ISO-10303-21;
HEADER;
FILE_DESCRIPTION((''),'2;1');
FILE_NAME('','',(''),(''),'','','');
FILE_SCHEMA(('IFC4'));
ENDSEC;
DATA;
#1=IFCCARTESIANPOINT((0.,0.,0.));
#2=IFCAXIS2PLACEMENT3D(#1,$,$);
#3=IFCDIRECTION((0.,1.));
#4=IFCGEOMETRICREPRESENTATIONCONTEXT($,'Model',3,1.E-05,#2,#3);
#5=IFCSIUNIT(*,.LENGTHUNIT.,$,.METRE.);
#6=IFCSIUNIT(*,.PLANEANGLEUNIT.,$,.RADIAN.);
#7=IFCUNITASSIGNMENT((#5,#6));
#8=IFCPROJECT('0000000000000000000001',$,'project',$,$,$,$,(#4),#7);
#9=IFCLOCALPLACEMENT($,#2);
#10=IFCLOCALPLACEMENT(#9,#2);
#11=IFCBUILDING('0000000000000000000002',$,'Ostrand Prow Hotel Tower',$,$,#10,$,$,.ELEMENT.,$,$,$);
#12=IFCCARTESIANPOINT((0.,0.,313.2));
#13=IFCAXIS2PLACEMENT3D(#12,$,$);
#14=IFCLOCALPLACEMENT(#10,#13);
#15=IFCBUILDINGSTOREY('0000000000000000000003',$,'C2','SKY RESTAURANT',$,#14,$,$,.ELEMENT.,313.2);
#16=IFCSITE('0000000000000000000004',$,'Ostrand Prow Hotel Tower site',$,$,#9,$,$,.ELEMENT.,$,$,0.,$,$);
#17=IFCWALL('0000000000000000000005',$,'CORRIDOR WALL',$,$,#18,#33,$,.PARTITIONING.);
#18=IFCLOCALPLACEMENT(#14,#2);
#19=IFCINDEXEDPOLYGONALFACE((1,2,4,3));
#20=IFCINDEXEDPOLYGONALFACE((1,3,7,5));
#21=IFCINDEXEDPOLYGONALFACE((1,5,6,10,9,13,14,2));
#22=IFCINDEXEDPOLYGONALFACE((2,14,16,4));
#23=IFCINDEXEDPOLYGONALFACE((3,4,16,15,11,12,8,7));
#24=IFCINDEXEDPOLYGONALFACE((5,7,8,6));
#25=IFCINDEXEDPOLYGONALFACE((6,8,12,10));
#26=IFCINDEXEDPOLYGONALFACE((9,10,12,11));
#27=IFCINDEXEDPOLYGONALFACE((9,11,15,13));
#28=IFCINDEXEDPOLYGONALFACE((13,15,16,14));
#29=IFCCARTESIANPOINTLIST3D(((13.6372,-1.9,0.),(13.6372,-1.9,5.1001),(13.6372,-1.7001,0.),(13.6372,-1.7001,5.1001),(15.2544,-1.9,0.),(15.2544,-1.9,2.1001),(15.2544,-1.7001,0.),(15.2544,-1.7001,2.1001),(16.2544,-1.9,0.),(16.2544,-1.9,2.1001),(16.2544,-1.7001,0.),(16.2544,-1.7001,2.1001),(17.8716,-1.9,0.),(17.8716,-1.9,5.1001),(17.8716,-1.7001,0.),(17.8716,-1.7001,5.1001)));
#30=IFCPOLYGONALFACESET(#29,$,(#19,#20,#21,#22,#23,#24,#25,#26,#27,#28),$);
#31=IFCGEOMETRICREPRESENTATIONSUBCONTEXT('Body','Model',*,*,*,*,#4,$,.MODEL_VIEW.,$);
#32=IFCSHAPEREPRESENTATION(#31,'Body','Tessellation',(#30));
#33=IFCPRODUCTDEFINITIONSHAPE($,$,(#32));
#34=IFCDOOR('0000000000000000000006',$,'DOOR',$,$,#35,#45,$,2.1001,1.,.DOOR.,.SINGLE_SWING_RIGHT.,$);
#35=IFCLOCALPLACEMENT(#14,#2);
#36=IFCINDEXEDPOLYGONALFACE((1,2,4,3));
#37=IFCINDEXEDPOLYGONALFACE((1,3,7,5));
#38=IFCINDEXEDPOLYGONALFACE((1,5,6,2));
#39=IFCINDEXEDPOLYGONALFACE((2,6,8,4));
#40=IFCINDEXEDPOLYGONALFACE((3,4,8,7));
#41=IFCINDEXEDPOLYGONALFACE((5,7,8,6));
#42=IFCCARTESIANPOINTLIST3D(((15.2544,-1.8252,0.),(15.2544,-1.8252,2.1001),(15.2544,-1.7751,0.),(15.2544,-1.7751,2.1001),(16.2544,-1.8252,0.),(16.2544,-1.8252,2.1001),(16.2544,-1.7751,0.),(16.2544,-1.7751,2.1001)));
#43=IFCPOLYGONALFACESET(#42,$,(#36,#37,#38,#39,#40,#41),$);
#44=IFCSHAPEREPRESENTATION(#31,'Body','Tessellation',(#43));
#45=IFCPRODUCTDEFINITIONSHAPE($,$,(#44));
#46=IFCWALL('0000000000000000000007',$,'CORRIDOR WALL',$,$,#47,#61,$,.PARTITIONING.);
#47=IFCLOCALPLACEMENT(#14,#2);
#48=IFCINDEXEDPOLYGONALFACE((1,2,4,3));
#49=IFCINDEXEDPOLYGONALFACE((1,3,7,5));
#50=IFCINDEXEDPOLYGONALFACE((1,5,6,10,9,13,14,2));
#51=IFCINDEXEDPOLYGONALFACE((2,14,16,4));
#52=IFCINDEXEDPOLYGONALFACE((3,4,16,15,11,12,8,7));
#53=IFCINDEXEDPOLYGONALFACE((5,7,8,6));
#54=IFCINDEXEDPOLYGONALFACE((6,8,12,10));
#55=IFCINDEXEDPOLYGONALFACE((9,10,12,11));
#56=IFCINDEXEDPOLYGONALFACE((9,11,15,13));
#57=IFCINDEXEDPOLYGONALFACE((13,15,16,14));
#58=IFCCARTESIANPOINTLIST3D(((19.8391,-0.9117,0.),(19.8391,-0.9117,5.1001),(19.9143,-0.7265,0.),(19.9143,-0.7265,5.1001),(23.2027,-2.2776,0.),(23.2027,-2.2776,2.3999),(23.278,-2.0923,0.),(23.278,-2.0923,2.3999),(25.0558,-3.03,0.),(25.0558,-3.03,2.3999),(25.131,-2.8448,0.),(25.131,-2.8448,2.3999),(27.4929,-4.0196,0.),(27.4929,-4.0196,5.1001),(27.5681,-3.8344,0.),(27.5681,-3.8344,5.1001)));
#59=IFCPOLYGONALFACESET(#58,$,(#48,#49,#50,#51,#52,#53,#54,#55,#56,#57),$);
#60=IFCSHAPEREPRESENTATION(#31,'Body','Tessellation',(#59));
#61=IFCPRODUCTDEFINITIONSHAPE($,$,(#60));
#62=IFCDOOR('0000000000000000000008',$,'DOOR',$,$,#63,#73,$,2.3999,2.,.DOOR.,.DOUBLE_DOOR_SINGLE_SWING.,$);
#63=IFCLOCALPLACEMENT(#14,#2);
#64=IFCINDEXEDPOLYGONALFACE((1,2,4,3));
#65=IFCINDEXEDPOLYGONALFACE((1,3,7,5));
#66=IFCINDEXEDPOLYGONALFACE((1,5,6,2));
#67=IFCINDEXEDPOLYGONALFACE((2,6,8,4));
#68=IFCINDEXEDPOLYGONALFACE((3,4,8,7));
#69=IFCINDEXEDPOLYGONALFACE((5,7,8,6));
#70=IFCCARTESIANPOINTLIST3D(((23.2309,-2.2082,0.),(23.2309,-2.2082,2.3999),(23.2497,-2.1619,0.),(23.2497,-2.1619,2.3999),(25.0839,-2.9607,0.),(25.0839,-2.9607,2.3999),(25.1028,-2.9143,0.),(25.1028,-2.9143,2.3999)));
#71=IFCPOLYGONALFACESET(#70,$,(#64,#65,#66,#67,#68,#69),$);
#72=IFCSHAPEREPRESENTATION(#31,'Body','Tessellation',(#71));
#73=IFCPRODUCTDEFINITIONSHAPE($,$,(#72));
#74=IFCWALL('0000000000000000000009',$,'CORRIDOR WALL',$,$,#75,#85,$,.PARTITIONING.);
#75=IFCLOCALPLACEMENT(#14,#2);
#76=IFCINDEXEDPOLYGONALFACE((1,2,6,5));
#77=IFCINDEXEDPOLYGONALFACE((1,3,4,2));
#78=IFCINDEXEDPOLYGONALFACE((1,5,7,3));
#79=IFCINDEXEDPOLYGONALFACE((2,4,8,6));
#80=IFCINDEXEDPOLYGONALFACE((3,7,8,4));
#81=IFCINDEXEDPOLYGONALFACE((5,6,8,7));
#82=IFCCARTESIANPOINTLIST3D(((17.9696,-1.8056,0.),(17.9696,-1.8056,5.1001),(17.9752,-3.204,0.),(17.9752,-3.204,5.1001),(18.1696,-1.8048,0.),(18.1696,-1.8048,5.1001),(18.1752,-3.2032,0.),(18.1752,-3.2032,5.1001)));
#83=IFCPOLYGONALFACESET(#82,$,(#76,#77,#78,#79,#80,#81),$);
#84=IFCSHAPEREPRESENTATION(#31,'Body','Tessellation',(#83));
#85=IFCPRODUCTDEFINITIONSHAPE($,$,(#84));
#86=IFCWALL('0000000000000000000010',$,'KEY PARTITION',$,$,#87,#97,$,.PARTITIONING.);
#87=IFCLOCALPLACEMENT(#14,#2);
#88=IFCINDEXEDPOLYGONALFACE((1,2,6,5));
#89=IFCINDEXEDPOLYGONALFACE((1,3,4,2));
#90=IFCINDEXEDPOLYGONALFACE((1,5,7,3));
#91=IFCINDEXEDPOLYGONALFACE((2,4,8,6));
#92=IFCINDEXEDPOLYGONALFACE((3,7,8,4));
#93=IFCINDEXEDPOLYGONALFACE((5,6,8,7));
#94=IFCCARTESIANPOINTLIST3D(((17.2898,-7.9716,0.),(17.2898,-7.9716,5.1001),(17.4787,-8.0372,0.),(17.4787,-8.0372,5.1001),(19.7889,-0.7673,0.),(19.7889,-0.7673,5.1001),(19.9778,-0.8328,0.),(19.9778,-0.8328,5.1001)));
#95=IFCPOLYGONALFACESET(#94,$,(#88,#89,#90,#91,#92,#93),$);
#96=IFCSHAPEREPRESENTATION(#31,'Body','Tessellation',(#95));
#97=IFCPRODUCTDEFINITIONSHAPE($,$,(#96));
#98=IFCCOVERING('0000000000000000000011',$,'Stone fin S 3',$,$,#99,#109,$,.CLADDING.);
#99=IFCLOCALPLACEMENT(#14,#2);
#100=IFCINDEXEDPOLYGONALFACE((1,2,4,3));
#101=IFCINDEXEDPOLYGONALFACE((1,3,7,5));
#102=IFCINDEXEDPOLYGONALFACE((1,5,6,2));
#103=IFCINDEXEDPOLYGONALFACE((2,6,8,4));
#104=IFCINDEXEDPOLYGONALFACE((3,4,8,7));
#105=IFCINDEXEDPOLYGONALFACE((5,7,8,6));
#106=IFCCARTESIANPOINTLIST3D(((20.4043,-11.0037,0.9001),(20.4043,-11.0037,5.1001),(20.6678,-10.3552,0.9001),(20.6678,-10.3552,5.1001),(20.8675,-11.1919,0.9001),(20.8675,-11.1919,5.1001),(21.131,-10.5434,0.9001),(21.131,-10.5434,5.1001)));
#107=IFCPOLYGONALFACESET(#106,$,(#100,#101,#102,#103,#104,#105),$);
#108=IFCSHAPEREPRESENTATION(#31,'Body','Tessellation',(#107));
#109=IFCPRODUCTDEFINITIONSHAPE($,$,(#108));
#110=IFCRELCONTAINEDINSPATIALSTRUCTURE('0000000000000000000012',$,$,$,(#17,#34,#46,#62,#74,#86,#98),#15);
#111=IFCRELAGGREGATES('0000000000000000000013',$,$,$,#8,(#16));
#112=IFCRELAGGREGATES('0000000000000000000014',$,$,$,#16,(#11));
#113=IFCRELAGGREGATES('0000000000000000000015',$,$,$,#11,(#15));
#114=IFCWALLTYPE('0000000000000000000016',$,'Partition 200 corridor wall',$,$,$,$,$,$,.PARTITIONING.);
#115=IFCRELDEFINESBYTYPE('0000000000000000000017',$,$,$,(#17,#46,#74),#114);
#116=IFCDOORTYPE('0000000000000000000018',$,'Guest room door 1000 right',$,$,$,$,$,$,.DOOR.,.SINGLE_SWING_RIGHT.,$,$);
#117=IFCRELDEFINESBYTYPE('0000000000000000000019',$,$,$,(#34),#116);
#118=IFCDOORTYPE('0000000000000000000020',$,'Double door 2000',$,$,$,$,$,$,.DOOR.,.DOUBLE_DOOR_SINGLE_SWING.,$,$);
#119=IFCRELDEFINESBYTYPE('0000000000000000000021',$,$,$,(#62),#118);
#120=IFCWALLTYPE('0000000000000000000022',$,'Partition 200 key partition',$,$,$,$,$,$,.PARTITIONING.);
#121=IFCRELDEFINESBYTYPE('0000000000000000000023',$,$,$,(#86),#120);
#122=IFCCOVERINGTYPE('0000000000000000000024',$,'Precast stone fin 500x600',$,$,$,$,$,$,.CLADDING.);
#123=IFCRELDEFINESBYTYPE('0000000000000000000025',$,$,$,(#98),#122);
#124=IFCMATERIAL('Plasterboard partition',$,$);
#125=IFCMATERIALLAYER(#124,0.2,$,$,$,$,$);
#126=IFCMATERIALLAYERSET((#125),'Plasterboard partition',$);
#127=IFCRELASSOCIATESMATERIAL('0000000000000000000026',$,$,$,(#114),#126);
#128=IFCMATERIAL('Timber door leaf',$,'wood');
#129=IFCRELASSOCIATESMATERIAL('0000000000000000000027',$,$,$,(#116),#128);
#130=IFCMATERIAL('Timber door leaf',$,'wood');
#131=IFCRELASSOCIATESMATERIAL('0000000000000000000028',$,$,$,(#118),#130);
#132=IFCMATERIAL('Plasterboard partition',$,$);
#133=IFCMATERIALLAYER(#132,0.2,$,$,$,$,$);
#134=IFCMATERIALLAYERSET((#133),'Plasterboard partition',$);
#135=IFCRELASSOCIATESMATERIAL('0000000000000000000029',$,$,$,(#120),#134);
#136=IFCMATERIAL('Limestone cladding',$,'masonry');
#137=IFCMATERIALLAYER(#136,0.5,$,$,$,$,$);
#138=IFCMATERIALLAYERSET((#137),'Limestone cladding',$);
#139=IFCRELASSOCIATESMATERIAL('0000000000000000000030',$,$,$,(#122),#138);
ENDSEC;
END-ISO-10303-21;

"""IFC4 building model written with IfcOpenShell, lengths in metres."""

from ifc_helpers import new_model, si_unit, direction, frame, frame_2d, origin, place, context, subcontext, project, spatial, rectangle, extrude, material, layer, layer_set, type_object, element, fill, save


model = new_model("IFC4")

# Units and contexts
model_context = context("Model", 3, precision=1e-05, world=origin(), true_north=direction((0.0, 1.0)))
body_context = subcontext(model_context, "Body", "Model", "MODEL_VIEW")
ifc_project = project(units=[si_unit("LENGTHUNIT", "METRE"), si_unit("PLANEANGLEUNIT", "RADIAN")], contexts=[model_context])

# Site, building, storey
site_placement = place(None, origin())
site = spatial("IfcSite", under=ifc_project, at=site_placement, Name="Ostrand Prow Hotel Tower site", CompositionType="ELEMENT", RefElevation=0.0)
building_placement = place(site_placement, origin())
building = spatial("IfcBuilding", under=site, at=building_placement, Name="Ostrand Prow Hotel Tower", CompositionType="ELEMENT")
storey_placement = place(building_placement, frame((0.0, 0.0, 313.2)))
storey = spatial("IfcBuildingStorey", under=building, at=storey_placement, Name="C2", Description="SKY RESTAURANT", CompositionType="ELEMENT", Elevation=313.2)

# Walls, openings, doors
ifc_material_1 = material(Name="Plasterboard partition")
ifc_layer_1 = layer(ifc_material_1, 0.2)
ifc_layer_set_1 = layer_set([ifc_layer_1], Name="Plasterboard partition")
wall_type_1 = type_object("IfcWallType", Name="Partition 200 corridor wall", PredefinedType="PARTITIONING", material=ifc_layer_set_1)
wall_1_placement = place(storey_placement, frame((13.6372, -1.8, 0.0), z_axis=(0.0, 0.0, 1.0), x_axis=(1.0, 0.0, 0.0)))
wall_1 = element("IfcWall", 1, at=wall_1_placement, inside=storey, type_object=wall_type_1, Name="CORRIDOR WALL", PredefinedType="PARTITIONING", context=body_context, shape_type="SweptSolid", body=[
    extrude(rectangle(XDim=4.2344, YDim=0.2, at=frame_2d((2.1172, 0.0))), origin(), (0.0, 0.0, 1.0), 5.1001),
])
opening_1_placement = place(wall_1_placement, frame((1.6172, 0.0, 0.0)))
opening_1 = element("IfcOpeningElement", 2, at=opening_1_placement, cuts=wall_1, PredefinedType="OPENING", context=body_context, shape_type="SweptSolid", body=[
    extrude(rectangle(XDim=1.0, YDim=2.1001, at=frame_2d((0.5, 1.05))), frame((0.0, 0.1099, 0.0), z_axis=(0.0, -1.0, 0.0), x_axis=(1.0, 0.0, 0.0)), (0.0, 0.0, 1.0), 0.22),
])
ifc_material_2 = material(Name="Timber door leaf", Category="wood")
door_type_1 = type_object("IfcDoorType", Name="Guest room door 1000 right", OperationType="SINGLE_SWING_RIGHT", PredefinedType="DOOR", material=ifc_material_2)
door_1_placement = place(opening_1_placement, origin())
door_1 = element("IfcDoor", 3, at=door_1_placement, inside=storey, type_object=door_type_1, Name="DOOR", OperationType="SINGLE_SWING_RIGHT", OverallHeight=2.1001, OverallWidth=1.0, PredefinedType="DOOR", context=body_context, shape_type="SweptSolid", body=[
    extrude(rectangle(XDim=1.0, YDim=2.1001, at=frame_2d((0.5, 1.05))), frame((0.0, 0.0249, 0.0), z_axis=(0.0, -1.0, 0.0), x_axis=(1.0, 0.0, 0.0)), (0.0, 0.0, 1.0), 0.05),
])
fill(opening_1, door_1)
wall_2_placement = place(storey_placement, frame((19.8767, -0.8191, 0.0), z_axis=(0.0, 0.0, 1.0), x_axis=(0.926528, -0.376226, 0.0)))
wall_2 = element("IfcWall", 4, at=wall_2_placement, inside=storey, type_object=wall_type_1, Name="CORRIDOR WALL", PredefinedType="PARTITIONING", context=body_context, shape_type="SweptSolid", body=[
    extrude(rectangle(XDim=8.2607, YDim=0.2, at=frame_2d((4.1304, 0.0))), origin(), (0.0, 0.0, 1.0), 5.1001),
])
opening_2_placement = place(wall_2_placement, frame((3.6304, 0.0, 0.0)))
opening_2 = element("IfcOpeningElement", 5, at=opening_2_placement, cuts=wall_2, PredefinedType="OPENING", context=body_context, shape_type="SweptSolid", body=[
    extrude(rectangle(XDim=2.0, YDim=2.3999, at=frame_2d((1.0, 1.2))), frame((0.0, 0.1099, 0.0), z_axis=(0.0, -1.0, 0.0), x_axis=(1.0, 0.0, 0.0)), (0.0, 0.0, 1.0), 0.22),
])
ifc_material_3 = material(Name="Timber door leaf", Category="wood")
door_type_2 = type_object("IfcDoorType", Name="Double door 2000", OperationType="DOUBLE_DOOR_SINGLE_SWING", PredefinedType="DOOR", material=ifc_material_3)
door_2_placement = place(opening_2_placement, origin())
door_2 = element("IfcDoor", 6, at=door_2_placement, inside=storey, type_object=door_type_2, Name="DOOR", OperationType="DOUBLE_DOOR_SINGLE_SWING", OverallHeight=2.3999, OverallWidth=2.0, PredefinedType="DOOR", context=body_context, shape_type="SweptSolid", body=[
    extrude(rectangle(XDim=2.0, YDim=2.3999, at=frame_2d((1.0, 1.2))), frame((0.0, 0.0249, 0.0), z_axis=(0.0, -1.0, 0.0), x_axis=(1.0, 0.0, 0.0)), (0.0, 0.0, 1.0), 0.05),
])
fill(opening_2, door_2)

# Walls
wall_3_placement = place(storey_placement, frame((18.0752, -3.2036, 0.0), z_axis=(0.0, 0.0, 1.0), x_axis=(-0.004015, 0.999992, 0.0)))
element("IfcWall", 7, at=wall_3_placement, inside=storey, type_object=wall_type_1, Name="CORRIDOR WALL", PredefinedType="PARTITIONING", context=body_context, shape_type="SweptSolid", body=[
    extrude(rectangle(XDim=1.3984, YDim=0.2, at=frame_2d((0.6992, 0.0))), origin(), (0.0, 0.0, 1.0), 5.1001),
])
ifc_material_4 = material(Name="Plasterboard partition")
ifc_layer_2 = layer(ifc_material_4, 0.2)
ifc_layer_set_2 = layer_set([ifc_layer_2], Name="Plasterboard partition")
wall_type_2 = type_object("IfcWallType", Name="Partition 200 key partition", PredefinedType="PARTITIONING", material=ifc_layer_set_2)
wall_4_placement = place(storey_placement, frame((17.3843, -8.0044, 0.0), z_axis=(0.0, 0.0, 1.0), x_axis=(0.327721, 0.944775, 0.0)))
element("IfcWall", 8, at=wall_4_placement, inside=storey, type_object=wall_type_2, Name="KEY PARTITION", PredefinedType="PARTITIONING", context=body_context, shape_type="SweptSolid", body=[
    extrude(rectangle(XDim=7.6255, YDim=0.2, at=frame_2d((3.8127, 0.0))), origin(), (0.0, 0.0, 1.0), 5.1001),
])

# Covering
ifc_material_5 = material(Name="Limestone cladding", Category="masonry")
ifc_layer_3 = layer(ifc_material_5, 0.5)
ifc_layer_set_3 = layer_set([ifc_layer_3], Name="Limestone cladding")
covering_type = type_object("IfcCoveringType", Name="Precast stone fin 500x600", PredefinedType="CLADDING", material=ifc_layer_set_3)
covering_placement = place(storey_placement, frame((20.8994, -10.4492, 0.9001), z_axis=(0.0, 0.0, 1.0), x_axis=(-0.376377, -0.926467, 0.0)))
element("IfcCovering", 9, at=covering_placement, inside=storey, type_object=covering_type, Name="Stone fin S 3", PredefinedType="CLADDING", context=body_context, shape_type="SweptSolid", body=[
    extrude(rectangle(XDim=0.7, YDim=0.5, at=frame_2d((0.3501, 0.0))), origin(), (0.0, 0.0, 1.0), 4.2),
])

save(model, "model.ifc")
